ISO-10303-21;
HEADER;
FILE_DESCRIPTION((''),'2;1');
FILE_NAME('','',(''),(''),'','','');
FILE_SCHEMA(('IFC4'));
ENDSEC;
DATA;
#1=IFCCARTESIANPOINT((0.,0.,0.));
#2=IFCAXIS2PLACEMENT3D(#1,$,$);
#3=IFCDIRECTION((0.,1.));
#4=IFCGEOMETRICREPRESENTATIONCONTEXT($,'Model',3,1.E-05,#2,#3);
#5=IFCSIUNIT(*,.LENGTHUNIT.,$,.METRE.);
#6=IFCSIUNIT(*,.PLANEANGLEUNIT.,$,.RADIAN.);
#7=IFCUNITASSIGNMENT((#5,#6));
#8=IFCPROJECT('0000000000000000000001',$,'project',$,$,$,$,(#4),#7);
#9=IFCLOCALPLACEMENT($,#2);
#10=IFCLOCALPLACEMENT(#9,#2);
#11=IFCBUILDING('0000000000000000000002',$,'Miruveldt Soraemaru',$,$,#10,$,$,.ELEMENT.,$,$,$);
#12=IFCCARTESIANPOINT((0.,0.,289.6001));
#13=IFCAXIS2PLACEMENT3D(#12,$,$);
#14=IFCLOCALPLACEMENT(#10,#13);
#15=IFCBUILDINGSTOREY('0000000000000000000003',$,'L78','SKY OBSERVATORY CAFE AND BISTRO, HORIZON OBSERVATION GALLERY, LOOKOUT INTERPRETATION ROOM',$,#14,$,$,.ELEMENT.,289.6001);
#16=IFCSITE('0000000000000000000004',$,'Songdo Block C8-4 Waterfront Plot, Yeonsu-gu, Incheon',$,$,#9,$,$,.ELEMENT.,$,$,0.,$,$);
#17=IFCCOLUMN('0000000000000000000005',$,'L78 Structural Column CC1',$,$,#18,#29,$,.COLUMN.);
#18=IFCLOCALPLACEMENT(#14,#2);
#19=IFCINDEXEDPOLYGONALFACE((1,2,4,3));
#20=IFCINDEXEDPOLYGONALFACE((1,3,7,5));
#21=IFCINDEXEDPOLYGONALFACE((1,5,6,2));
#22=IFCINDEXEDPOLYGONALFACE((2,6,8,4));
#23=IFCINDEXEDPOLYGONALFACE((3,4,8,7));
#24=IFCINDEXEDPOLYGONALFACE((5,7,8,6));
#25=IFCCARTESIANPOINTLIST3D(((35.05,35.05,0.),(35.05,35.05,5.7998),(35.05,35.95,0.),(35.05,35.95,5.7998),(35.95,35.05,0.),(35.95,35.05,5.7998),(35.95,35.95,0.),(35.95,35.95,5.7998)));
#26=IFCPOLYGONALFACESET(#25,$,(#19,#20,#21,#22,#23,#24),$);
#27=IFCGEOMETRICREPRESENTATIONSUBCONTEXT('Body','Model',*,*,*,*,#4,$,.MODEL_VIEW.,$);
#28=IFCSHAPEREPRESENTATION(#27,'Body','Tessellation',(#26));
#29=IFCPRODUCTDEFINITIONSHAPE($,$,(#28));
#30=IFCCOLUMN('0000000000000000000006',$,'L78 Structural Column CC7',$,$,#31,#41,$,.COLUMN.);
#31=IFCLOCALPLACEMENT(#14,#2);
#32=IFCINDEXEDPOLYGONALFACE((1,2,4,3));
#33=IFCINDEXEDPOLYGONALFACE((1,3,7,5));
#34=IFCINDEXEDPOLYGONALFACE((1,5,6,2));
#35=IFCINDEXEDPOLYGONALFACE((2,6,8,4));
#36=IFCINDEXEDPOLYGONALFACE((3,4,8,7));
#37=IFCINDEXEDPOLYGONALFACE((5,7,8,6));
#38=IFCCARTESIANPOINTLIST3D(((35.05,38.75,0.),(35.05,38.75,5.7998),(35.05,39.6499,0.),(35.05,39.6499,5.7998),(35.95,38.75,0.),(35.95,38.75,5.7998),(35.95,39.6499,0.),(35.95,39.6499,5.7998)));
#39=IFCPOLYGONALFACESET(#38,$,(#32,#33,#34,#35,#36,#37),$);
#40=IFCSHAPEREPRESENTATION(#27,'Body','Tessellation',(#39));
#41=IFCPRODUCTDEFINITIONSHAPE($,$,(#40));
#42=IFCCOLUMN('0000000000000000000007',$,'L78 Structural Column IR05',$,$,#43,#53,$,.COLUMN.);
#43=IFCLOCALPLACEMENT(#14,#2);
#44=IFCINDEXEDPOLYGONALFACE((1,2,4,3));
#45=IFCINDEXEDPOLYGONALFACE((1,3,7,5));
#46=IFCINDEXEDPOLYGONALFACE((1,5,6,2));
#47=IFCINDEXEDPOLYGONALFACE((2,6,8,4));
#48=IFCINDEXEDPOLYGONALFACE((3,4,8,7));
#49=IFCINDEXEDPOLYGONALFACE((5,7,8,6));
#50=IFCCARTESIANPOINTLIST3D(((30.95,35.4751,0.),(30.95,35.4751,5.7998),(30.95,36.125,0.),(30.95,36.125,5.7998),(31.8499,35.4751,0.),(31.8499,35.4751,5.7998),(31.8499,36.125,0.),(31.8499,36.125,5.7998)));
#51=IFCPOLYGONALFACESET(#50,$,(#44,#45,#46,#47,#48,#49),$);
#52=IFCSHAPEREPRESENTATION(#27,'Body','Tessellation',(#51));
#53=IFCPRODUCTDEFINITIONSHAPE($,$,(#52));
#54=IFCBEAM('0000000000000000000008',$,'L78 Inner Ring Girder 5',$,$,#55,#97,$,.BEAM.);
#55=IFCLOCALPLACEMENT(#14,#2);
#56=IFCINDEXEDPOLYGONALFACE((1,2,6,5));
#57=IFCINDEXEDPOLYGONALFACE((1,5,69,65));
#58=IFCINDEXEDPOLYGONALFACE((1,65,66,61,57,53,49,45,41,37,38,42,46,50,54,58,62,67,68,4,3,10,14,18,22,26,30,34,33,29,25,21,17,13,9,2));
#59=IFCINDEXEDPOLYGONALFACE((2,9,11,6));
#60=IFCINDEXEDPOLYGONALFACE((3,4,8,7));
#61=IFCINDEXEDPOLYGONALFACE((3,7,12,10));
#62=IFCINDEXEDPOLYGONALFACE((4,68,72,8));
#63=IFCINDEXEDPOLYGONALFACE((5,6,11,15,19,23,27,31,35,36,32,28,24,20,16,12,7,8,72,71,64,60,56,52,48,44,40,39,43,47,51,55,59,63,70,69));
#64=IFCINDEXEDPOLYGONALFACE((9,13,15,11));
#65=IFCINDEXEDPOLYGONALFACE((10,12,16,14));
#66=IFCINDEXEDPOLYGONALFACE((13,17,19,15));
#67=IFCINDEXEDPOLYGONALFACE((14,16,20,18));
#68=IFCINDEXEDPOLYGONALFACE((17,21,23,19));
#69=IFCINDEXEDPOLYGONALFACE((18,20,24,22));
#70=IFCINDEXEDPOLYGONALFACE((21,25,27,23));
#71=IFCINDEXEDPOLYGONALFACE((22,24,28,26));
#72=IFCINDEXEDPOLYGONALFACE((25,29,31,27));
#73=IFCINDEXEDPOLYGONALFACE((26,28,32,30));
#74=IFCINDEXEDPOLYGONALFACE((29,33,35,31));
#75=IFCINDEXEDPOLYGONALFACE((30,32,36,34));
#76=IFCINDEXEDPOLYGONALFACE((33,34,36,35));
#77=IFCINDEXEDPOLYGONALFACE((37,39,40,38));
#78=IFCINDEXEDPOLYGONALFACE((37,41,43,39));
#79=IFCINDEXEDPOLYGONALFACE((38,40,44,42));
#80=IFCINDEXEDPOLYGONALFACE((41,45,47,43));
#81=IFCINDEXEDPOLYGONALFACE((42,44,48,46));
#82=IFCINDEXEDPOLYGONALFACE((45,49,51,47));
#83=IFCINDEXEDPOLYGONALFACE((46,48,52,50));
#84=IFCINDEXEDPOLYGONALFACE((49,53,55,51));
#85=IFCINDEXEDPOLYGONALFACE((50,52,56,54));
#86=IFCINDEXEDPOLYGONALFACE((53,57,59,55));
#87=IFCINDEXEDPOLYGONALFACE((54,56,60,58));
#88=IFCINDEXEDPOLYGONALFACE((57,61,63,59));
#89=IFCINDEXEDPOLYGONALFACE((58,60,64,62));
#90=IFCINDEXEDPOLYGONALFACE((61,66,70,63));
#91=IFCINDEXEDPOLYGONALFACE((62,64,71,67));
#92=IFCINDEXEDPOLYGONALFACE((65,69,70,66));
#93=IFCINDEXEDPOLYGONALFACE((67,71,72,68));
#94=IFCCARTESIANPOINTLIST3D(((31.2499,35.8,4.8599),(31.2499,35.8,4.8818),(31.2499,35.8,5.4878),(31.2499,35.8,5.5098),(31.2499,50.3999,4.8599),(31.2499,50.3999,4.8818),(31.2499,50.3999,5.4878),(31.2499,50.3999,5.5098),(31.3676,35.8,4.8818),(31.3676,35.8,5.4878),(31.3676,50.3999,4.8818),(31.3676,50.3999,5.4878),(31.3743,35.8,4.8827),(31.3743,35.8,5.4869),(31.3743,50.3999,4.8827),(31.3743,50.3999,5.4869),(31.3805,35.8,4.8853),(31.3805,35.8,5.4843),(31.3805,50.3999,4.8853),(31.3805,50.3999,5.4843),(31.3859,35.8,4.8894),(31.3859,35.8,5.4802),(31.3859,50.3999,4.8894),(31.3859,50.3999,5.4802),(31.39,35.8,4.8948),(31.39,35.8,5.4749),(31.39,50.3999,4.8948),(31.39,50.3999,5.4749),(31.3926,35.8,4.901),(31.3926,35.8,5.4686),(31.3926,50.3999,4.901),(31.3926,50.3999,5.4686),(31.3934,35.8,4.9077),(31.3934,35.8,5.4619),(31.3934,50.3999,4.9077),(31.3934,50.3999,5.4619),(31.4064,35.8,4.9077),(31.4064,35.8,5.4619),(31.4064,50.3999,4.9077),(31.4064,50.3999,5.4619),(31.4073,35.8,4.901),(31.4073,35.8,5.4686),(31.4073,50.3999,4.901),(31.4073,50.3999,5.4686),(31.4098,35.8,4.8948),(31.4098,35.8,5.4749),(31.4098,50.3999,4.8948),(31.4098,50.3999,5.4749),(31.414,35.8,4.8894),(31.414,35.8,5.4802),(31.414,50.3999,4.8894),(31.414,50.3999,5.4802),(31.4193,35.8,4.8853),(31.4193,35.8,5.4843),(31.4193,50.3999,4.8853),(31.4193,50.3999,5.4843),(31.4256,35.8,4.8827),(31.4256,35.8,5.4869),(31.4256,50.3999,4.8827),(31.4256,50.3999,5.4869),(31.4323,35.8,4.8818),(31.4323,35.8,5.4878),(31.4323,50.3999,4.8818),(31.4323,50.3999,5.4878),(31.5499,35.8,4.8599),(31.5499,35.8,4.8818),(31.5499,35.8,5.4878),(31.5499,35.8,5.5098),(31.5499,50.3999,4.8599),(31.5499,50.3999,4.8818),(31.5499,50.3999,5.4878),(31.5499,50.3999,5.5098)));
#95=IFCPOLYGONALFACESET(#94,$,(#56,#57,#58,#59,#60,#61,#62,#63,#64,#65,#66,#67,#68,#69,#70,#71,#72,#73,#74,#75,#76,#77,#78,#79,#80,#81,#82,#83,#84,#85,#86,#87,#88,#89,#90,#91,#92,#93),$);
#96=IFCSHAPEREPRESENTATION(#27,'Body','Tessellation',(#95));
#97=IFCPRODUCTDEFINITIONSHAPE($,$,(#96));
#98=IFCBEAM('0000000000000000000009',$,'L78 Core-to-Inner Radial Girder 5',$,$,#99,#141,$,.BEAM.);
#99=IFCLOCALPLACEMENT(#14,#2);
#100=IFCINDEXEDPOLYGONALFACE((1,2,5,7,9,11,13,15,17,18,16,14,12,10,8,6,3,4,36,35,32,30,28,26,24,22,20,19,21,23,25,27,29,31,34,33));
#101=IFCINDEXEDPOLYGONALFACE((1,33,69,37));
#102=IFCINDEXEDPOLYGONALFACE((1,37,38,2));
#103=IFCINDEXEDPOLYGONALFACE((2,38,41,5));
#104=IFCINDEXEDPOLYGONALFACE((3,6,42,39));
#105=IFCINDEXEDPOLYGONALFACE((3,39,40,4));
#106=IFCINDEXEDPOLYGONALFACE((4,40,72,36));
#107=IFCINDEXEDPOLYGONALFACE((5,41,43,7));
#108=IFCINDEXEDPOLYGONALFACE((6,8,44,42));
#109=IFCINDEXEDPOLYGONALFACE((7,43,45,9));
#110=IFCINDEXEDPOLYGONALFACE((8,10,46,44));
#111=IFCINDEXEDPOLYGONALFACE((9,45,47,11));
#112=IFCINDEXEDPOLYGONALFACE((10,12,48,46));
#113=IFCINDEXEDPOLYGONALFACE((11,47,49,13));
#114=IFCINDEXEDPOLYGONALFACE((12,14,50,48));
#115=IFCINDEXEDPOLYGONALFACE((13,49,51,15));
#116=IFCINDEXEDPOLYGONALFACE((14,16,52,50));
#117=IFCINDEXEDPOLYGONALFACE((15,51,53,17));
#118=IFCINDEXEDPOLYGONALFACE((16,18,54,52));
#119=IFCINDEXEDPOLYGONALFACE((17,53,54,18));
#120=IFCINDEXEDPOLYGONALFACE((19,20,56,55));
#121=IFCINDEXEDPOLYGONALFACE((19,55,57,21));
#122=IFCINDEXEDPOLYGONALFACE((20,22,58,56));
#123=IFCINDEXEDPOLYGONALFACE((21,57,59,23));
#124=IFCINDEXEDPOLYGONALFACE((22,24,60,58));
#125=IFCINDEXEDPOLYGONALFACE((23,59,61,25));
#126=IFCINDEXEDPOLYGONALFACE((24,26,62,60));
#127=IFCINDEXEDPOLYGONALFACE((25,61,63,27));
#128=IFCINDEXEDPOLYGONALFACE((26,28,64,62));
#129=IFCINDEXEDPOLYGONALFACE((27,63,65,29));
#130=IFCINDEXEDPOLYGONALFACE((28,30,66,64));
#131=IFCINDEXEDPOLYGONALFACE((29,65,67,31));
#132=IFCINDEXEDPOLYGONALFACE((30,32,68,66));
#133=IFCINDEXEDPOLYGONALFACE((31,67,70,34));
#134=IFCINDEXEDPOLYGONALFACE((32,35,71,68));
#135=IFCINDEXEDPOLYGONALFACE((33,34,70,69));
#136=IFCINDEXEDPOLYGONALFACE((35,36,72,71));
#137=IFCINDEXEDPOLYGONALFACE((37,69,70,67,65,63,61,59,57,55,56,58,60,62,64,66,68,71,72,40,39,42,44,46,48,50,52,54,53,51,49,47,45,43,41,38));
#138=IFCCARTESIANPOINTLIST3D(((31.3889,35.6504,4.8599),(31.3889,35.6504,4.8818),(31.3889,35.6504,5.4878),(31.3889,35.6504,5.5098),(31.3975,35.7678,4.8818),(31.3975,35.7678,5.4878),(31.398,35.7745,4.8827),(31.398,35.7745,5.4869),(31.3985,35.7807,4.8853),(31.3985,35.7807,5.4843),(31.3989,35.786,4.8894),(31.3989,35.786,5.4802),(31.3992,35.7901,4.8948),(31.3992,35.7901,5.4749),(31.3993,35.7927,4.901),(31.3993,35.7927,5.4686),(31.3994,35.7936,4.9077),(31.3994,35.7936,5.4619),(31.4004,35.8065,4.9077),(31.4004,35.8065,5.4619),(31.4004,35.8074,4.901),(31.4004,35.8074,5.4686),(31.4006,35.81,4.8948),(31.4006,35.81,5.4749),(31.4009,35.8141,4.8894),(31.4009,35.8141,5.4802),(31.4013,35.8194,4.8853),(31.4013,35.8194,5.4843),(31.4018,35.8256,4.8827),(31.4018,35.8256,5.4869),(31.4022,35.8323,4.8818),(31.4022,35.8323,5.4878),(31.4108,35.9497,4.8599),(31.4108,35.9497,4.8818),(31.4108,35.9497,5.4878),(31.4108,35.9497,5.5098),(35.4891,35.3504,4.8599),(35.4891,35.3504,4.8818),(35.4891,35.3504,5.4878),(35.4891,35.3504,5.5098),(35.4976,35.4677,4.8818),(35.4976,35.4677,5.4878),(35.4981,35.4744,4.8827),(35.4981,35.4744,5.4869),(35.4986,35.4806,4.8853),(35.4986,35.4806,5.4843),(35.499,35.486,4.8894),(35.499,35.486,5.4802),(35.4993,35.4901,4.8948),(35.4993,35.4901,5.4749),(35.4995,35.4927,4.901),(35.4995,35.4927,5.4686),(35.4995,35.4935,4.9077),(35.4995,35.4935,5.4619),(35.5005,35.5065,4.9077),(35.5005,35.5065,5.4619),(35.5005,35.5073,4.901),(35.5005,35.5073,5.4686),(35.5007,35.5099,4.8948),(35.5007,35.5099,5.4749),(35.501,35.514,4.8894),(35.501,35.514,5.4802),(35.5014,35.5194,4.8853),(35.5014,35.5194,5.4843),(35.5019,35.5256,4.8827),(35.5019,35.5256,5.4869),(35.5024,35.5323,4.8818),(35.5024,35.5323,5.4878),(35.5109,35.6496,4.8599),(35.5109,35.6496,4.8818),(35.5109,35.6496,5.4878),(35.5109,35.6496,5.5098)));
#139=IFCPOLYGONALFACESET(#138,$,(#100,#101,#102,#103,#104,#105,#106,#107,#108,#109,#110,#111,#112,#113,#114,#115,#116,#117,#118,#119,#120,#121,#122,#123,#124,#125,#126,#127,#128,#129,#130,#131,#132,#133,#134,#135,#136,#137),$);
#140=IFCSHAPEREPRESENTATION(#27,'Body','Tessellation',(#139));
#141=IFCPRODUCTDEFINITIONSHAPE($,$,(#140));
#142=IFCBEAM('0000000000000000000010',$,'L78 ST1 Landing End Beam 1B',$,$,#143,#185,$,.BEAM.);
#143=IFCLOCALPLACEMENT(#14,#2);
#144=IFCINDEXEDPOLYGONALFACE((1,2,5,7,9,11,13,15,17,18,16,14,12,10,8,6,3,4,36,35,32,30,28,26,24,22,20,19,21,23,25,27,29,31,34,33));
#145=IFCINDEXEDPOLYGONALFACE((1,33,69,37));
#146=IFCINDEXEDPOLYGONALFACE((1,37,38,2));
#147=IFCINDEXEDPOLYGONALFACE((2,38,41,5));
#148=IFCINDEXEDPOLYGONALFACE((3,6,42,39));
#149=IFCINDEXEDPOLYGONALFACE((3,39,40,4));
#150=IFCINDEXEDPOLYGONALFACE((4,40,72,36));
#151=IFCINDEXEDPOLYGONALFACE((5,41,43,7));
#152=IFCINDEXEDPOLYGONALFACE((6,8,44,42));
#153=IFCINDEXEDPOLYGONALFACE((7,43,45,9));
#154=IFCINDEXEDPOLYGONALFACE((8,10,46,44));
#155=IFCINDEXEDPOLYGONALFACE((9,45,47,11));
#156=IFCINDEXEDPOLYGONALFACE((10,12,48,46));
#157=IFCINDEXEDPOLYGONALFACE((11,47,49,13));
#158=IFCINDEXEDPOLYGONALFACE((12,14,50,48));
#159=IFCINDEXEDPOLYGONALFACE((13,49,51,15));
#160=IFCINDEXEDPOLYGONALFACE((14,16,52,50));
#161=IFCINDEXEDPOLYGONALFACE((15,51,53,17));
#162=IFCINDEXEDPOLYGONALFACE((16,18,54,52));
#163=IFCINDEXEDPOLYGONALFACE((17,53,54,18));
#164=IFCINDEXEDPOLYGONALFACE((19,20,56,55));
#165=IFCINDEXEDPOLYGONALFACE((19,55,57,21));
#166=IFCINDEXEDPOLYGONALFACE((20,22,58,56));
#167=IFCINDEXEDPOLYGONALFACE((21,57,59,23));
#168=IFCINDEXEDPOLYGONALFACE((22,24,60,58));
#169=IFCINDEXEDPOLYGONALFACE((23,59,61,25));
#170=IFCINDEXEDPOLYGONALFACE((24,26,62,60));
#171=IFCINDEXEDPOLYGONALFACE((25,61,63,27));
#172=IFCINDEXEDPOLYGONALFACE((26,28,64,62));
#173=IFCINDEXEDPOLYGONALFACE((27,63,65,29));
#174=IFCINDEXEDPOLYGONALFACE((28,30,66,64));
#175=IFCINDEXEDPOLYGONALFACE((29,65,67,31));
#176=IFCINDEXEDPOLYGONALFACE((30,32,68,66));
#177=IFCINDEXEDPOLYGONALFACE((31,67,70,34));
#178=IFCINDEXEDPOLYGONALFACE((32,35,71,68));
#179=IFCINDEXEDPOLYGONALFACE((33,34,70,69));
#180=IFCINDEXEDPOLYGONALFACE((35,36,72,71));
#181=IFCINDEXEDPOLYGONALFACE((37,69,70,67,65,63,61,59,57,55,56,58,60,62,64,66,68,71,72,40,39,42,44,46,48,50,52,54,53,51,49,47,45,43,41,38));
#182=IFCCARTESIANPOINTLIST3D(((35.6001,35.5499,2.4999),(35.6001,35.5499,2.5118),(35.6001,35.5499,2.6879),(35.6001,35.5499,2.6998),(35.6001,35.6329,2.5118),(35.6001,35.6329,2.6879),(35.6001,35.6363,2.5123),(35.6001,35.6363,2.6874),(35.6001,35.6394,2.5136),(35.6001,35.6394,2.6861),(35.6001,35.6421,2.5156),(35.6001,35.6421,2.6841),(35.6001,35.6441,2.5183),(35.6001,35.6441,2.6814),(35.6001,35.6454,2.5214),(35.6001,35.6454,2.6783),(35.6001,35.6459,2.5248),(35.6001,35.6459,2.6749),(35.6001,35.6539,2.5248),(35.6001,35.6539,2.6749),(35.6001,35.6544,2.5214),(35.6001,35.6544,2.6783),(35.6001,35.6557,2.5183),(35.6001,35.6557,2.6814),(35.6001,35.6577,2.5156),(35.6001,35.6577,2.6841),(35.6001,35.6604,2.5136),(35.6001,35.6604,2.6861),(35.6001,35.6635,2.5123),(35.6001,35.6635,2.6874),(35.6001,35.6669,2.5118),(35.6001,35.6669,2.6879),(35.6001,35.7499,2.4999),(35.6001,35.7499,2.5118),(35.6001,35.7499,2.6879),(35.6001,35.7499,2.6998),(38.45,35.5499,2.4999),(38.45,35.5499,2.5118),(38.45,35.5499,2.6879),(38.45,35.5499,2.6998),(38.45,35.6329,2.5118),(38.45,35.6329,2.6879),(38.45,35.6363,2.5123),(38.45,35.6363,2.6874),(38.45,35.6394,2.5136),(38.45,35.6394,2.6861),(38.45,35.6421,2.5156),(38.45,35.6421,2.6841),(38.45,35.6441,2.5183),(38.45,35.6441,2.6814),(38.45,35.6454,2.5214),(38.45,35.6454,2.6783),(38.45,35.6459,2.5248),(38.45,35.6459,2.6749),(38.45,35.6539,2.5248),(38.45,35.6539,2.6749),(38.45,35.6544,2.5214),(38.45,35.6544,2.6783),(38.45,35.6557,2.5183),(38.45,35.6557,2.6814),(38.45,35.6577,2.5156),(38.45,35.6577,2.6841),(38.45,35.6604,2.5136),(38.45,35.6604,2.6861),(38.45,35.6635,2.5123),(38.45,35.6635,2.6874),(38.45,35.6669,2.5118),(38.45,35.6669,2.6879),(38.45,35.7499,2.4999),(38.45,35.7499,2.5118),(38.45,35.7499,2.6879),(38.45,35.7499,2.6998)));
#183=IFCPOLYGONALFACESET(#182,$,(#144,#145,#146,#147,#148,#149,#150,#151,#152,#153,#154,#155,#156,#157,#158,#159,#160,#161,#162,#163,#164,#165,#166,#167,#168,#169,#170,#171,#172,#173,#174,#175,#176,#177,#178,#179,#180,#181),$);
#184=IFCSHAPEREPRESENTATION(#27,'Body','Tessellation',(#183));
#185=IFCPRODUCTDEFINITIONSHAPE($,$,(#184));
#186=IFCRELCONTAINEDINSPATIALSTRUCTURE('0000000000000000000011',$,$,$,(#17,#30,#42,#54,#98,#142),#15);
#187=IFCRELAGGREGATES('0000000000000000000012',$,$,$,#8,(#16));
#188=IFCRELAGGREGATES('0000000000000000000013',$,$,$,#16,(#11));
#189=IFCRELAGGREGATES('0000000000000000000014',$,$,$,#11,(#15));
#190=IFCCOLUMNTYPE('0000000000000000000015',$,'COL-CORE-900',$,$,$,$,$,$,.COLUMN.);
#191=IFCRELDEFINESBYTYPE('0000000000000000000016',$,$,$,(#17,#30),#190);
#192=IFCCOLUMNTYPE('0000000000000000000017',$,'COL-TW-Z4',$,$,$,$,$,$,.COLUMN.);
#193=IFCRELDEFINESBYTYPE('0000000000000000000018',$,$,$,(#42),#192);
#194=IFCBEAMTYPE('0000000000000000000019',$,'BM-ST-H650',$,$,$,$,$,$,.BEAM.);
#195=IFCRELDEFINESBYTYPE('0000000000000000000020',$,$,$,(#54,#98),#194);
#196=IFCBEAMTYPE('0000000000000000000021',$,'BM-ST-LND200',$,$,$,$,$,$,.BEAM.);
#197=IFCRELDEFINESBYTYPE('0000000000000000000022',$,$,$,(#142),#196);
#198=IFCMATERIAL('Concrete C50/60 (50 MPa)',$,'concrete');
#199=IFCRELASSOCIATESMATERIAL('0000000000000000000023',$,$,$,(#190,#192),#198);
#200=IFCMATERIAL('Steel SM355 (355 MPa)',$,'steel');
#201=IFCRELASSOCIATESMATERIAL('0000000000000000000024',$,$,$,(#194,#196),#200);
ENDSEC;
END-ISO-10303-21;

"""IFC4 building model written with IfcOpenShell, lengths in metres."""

from ifc_helpers import new_model, si_unit, direction, frame, origin, origin_2d, place, context, subcontext, project, spatial, rectangle, i_section, extrude, material, material_profile, profile_set, type_object, element, save


model = new_model("IFC4")

# Units and contexts
model_context = context("Model", 3, precision=1e-05, world=origin(), true_north=direction((0.0, 1.0)))
body_context = subcontext(model_context, "Body", "Model", "MODEL_VIEW")
ifc_project = project(units=[si_unit("LENGTHUNIT", "METRE"), si_unit("PLANEANGLEUNIT", "RADIAN")], contexts=[model_context])

# Site, building, storey
site_placement = place(None, origin())
site = spatial("IfcSite", under=ifc_project, at=site_placement, Name="Songdo Block C8-4 Waterfront Plot, Yeonsu-gu, Incheon", CompositionType="ELEMENT", RefElevation=0.0)
building_placement = place(site_placement, origin())
building = spatial("IfcBuilding", under=site, at=building_placement, Name="Miruveldt Soraemaru", CompositionType="ELEMENT")
storey_placement = place(building_placement, frame((0.0, 0.0, 289.6001)))
storey = spatial("IfcBuildingStorey", under=building, at=storey_placement, Name="L78", Description="SKY OBSERVATORY CAFE AND BISTRO, HORIZON OBSERVATION GALLERY, LOOKOUT INTERPRETATION ROOM", CompositionType="ELEMENT", Elevation=289.6001)

# Columns
ifc_material_1 = material(Name="Concrete C50/60 (50 MPa)", Category="concrete")
ifc_material_profile_1 = material_profile(ifc_material_1, rectangle(XDim=0.8999, YDim=0.8999, at=origin_2d()), Name="Concrete C50/60 (50 MPa)", Category="concrete")
ifc_profile_set_1 = profile_set([ifc_material_profile_1], Name="Concrete C50/60 (50 MPa)")
column_type_1 = type_object("IfcColumnType", Name="COL-CORE-900", PredefinedType="COLUMN", material=ifc_profile_set_1)
for number, where, z_axis, x_axis, name in (
    (1, (35.5, 35.5, 0.0), (0.0, 0.0, 1.0), (1.0, 0.0, 0.0), "L78 Structural Column CC1"),
    (2, (35.5, 39.2, 0.0), (0.0, 0.0, 1.0), (1.0, 0.0, 0.0), "L78 Structural Column CC7"),
):
    element("IfcColumn", number, at=place(storey_placement, frame(where, z_axis=z_axis, x_axis=x_axis)), inside=storey, type_object=column_type_1, Name=name, PredefinedType="COLUMN", context=body_context, shape_type="SweptSolid", body=[
        extrude(rectangle(XDim=0.8999, YDim=0.8999, at=origin_2d()), origin(), (0.0, 0.0, 1.0), 5.7998),
    ])
ifc_material_profile_2 = material_profile(ifc_material_1, rectangle(XDim=0.8999, YDim=0.6499, at=origin_2d()), Name="Concrete C50/60 (50 MPa)", Category="concrete")
ifc_profile_set_2 = profile_set([ifc_material_profile_2], Name="Concrete C50/60 (50 MPa)")
column_type_2 = type_object("IfcColumnType", Name="COL-TW-Z4", PredefinedType="COLUMN", material=ifc_profile_set_2)
column_placement = place(storey_placement, frame((31.3999, 35.8, 0.0), z_axis=(0.0, 0.0, 1.0), x_axis=(1.0, 0.0, 0.0)))
element("IfcColumn", 3, at=column_placement, inside=storey, type_object=column_type_2, Name="L78 Structural Column IR05", PredefinedType="COLUMN", context=body_context, shape_type="SweptSolid", body=[
    extrude(rectangle(XDim=0.8999, YDim=0.6499, at=origin_2d()), origin(), (0.0, 0.0, 1.0), 5.7998),
])

# Beams
ifc_material_2 = material(Name="Steel SM355 (355 MPa)", Category="steel")
ifc_material_profile_3 = material_profile(ifc_material_2, i_section(OverallWidth=0.3, OverallDepth=0.6499, WebThickness=0.0129, FlangeThickness=0.022, FilletRadius=0.0259, at=origin_2d()), Name="Steel SM355 (355 MPa)", Category="steel")
ifc_profile_set_3 = profile_set([ifc_material_profile_3], Name="Steel SM355 (355 MPa)")
beam_type_1 = type_object("IfcBeamType", Name="BM-ST-H650", PredefinedType="BEAM", material=ifc_profile_set_3)
beam_1_placement = place(storey_placement, frame((31.3999, 35.8, 5.1848), z_axis=(0.0, 1.0, 0.0), x_axis=(-1.0, 0.0, 0.0)))
element("IfcBeam", 4, at=beam_1_placement, inside=storey, type_object=beam_type_1, Name="L78 Inner Ring Girder 5", PredefinedType="BEAM", context=body_context, shape_type="SweptSolid", body=[
    extrude(i_section(OverallWidth=0.3, OverallDepth=0.6499, WebThickness=0.0129, FlangeThickness=0.022, FilletRadius=0.0259, at=origin_2d()), origin(), (0.0, 0.0, 1.0), 14.5999),
])
beam_2_placement = place(storey_placement, frame((35.5, 35.5, 5.1848), z_axis=(-0.997333, 0.072986, 0.0), x_axis=(-0.072986, -0.997333, 0.0)))
element("IfcBeam", 5, at=beam_2_placement, inside=storey, type_object=beam_type_1, Name="L78 Core-to-Inner Radial Girder 5", PredefinedType="BEAM", context=body_context, shape_type="SweptSolid", body=[
    extrude(i_section(OverallWidth=0.3, OverallDepth=0.6499, WebThickness=0.0129, FlangeThickness=0.022, FilletRadius=0.0259, at=origin_2d()), origin(), (0.0, 0.0, 1.0), 4.1111),
])
ifc_material_profile_4 = material_profile(ifc_material_2, i_section(OverallWidth=0.2, OverallDepth=0.2, WebThickness=0.0081, FlangeThickness=0.012, FilletRadius=0.0129, at=origin_2d()), Name="Steel SM355 (355 MPa)", Category="steel")
ifc_profile_set_4 = profile_set([ifc_material_profile_4], Name="Steel SM355 (355 MPa)")
beam_type_2 = type_object("IfcBeamType", Name="BM-ST-LND200", PredefinedType="BEAM", material=ifc_profile_set_4)
beam_3_placement = place(storey_placement, frame((35.6001, 35.6499, 2.5999), z_axis=(1.0, 0.0, 0.0), x_axis=(0.0, 1.0, 0.0)))
element("IfcBeam", 6, at=beam_3_placement, inside=storey, type_object=beam_type_2, Name="L78 ST1 Landing End Beam 1B", PredefinedType="BEAM", context=body_context, shape_type="SweptSolid", body=[
    extrude(i_section(OverallWidth=0.2, OverallDepth=0.2, WebThickness=0.0081, FlangeThickness=0.012, FilletRadius=0.0129, at=origin_2d()), origin(), (0.0, 0.0, 1.0), 2.8499),
])

save(model, "model.ifc")
